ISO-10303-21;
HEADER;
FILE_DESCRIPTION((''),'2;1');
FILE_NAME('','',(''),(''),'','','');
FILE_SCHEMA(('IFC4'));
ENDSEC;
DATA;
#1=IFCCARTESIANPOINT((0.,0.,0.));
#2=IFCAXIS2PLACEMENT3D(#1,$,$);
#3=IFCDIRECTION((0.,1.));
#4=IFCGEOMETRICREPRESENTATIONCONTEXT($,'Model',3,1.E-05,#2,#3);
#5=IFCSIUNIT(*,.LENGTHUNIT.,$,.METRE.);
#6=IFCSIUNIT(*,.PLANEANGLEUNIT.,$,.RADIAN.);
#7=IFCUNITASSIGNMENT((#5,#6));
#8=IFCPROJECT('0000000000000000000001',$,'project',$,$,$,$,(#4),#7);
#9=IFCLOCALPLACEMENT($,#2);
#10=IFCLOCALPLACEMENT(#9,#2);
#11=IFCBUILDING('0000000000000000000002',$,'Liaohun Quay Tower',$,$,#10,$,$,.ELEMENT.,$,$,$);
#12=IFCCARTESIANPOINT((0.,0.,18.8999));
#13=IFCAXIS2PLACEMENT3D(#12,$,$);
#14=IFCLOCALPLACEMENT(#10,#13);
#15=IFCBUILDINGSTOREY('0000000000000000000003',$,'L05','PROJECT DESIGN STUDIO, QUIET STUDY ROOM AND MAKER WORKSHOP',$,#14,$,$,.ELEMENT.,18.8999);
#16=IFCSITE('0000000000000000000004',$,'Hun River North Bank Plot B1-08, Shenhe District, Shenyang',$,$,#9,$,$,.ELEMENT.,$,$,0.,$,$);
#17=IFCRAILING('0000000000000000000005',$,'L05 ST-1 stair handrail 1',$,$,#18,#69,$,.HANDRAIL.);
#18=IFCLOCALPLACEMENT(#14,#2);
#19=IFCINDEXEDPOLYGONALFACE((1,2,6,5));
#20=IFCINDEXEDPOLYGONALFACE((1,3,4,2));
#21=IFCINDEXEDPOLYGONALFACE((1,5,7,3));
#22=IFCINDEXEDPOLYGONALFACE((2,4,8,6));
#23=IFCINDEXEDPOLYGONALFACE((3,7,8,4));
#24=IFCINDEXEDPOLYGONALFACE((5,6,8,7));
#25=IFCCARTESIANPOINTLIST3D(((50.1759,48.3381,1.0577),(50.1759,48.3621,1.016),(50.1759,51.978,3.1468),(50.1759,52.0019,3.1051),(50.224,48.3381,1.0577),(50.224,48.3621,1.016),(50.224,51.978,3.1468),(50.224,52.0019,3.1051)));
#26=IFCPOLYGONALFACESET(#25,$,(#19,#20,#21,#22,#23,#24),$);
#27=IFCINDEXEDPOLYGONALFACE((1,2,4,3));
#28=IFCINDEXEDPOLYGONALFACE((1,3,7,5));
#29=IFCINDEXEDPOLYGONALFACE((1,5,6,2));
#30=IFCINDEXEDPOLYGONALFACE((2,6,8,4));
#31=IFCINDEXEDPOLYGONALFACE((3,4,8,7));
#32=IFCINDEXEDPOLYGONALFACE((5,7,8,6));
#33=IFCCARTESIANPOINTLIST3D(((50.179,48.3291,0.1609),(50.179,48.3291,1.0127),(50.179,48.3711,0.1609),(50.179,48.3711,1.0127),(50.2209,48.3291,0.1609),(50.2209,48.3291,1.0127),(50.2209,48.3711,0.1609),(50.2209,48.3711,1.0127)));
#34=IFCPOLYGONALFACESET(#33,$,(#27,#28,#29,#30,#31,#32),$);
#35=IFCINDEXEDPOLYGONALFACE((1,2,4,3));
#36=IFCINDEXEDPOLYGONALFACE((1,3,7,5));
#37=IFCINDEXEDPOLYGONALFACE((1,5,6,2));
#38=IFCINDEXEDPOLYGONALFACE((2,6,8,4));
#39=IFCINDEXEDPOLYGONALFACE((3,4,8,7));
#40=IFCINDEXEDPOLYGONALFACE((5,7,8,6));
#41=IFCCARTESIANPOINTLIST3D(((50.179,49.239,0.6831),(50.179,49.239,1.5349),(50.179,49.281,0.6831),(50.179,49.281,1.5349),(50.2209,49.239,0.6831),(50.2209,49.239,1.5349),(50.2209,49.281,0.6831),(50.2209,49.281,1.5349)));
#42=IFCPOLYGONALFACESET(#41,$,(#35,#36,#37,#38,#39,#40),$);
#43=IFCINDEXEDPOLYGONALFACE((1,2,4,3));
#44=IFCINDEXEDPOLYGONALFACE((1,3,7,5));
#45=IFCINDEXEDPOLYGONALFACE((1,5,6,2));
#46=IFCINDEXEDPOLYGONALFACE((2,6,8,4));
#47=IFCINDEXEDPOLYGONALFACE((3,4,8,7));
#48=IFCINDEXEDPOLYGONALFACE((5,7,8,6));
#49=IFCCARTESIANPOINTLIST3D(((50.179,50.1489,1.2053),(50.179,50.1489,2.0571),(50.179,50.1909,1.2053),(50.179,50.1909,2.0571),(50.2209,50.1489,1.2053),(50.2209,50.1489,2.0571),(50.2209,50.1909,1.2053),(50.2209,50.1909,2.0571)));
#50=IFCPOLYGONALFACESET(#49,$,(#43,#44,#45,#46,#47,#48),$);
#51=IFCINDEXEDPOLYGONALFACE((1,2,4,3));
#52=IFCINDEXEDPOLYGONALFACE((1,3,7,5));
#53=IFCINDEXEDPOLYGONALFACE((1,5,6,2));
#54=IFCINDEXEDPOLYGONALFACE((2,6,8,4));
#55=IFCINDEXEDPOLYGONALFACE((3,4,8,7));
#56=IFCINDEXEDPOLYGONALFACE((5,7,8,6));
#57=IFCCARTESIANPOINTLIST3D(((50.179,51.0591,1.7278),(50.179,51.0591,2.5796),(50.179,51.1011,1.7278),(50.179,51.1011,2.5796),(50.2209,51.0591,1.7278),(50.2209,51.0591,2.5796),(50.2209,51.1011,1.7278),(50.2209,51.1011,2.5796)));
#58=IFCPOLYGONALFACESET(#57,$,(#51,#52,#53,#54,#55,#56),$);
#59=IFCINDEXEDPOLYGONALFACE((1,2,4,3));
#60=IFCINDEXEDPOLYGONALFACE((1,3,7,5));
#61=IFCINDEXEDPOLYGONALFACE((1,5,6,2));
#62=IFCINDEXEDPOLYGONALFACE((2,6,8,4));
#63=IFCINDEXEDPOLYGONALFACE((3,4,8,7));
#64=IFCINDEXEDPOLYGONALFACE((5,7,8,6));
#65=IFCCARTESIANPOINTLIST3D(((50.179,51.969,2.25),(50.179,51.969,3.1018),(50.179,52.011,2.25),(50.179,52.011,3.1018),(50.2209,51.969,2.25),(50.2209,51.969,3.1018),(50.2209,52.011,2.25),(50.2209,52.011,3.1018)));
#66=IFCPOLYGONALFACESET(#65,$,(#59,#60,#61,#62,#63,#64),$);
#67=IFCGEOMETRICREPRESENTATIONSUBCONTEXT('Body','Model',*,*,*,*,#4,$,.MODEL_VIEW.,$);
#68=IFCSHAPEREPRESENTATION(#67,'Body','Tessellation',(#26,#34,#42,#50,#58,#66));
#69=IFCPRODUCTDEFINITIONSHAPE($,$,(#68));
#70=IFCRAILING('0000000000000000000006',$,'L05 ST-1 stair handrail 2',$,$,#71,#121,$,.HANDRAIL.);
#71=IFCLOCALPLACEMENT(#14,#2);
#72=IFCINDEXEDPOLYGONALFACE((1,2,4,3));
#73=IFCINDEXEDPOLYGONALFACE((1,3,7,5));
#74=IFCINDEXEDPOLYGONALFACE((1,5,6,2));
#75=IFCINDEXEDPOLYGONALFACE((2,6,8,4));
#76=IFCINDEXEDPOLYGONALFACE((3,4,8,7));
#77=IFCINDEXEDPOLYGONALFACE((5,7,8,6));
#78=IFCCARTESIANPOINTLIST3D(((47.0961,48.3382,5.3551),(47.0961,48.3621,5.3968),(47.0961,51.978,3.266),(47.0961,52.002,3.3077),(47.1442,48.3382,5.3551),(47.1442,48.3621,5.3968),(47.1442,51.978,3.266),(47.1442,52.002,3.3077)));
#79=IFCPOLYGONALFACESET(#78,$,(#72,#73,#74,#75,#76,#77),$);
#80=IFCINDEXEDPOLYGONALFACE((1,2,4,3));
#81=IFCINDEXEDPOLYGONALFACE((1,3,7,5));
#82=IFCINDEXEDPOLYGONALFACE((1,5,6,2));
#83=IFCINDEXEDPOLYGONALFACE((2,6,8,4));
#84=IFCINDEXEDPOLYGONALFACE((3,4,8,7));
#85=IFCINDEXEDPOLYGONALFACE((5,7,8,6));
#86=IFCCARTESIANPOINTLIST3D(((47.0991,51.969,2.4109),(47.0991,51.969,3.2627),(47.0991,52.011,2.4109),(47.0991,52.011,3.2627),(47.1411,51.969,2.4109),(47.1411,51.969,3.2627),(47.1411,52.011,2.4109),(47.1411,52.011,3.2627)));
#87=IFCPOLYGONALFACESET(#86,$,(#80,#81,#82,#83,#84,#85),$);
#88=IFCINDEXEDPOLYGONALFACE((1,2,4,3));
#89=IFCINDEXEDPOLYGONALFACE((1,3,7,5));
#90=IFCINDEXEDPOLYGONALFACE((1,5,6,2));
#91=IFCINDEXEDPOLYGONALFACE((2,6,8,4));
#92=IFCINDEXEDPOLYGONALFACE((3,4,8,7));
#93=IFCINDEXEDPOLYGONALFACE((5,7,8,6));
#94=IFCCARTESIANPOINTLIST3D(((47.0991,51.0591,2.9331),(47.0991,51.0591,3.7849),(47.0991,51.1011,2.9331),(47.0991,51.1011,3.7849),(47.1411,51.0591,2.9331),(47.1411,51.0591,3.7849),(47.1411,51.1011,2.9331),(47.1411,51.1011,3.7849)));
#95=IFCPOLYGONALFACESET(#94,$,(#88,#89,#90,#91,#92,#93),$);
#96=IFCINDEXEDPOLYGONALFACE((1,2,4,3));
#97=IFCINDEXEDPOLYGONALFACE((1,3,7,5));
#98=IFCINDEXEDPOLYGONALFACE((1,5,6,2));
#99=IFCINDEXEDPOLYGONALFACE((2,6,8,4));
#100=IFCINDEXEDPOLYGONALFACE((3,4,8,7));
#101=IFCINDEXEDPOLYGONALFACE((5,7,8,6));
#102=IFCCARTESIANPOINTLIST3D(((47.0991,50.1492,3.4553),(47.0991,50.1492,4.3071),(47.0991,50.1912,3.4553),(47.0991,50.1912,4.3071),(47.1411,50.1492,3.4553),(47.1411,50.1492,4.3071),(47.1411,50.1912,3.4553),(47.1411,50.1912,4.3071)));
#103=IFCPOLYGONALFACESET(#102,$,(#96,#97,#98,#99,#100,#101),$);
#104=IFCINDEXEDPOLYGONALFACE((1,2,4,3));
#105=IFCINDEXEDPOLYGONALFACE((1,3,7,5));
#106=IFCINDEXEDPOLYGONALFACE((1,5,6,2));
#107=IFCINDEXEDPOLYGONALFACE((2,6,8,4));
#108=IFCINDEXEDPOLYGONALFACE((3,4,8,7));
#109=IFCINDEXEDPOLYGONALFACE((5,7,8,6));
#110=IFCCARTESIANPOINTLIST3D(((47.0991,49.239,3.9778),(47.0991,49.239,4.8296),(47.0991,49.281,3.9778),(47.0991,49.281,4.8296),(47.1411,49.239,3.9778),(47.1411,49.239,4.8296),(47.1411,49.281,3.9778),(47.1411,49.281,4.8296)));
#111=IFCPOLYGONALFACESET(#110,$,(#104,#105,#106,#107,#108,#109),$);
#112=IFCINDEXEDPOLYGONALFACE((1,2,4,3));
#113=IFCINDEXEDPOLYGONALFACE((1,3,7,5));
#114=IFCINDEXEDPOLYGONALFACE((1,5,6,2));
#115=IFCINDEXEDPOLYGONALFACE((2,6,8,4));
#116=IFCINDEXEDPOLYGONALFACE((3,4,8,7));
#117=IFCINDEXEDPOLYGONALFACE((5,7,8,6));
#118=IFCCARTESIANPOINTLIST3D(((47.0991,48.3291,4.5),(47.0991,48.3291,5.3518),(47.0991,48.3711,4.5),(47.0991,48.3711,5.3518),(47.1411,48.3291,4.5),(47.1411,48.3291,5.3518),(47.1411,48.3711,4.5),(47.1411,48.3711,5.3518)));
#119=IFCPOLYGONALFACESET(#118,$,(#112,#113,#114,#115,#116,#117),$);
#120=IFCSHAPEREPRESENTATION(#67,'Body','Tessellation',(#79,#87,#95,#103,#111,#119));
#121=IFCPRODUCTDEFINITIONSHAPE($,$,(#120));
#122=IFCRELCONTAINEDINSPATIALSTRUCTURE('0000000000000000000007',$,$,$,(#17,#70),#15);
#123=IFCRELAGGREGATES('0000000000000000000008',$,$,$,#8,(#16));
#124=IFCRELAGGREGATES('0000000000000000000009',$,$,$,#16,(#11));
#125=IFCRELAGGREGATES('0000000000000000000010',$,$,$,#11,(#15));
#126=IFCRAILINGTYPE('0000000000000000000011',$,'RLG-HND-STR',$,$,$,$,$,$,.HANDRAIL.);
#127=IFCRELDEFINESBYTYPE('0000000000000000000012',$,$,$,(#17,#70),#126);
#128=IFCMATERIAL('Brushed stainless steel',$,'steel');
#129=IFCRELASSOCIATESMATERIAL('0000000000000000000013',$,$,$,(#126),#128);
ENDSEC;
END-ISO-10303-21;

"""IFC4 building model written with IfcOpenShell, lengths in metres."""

from ifc_helpers import new_model, si_unit, direction, frame, origin, origin_2d, place, context, subcontext, project, spatial, rectangle, extrude, material, type_object, element, save


model = new_model("IFC4")

# Units and contexts
model_context = context("Model", 3, precision=1e-05, world=origin(), true_north=direction((0.0, 1.0)))
body_context = subcontext(model_context, "Body", "Model", "MODEL_VIEW")
ifc_project = project(units=[si_unit("LENGTHUNIT", "METRE"), si_unit("PLANEANGLEUNIT", "RADIAN")], contexts=[model_context])

# Site, building, storey
site_placement = place(None, origin())
site = spatial("IfcSite", under=ifc_project, at=site_placement, Name="Hun River North Bank Plot B1-08, Shenhe District, Shenyang", CompositionType="ELEMENT", RefElevation=0.0)
building_placement = place(site_placement, origin())
building = spatial("IfcBuilding", under=site, at=building_placement, Name="Liaohun Quay Tower", CompositionType="ELEMENT")
storey_placement = place(building_placement, frame((0.0, 0.0, 18.8999)))
storey = spatial("IfcBuildingStorey", under=building, at=storey_placement, Name="L05", Description="PROJECT DESIGN STUDIO, QUIET STUDY ROOM AND MAKER WORKSHOP", CompositionType="ELEMENT", Elevation=18.8999)

# Railings
ifc_material_1 = material(Name="Brushed stainless steel", Category="steel")
railing_type_1 = type_object("IfcRailingType", Name="RLG-HND-STR", PredefinedType="HANDRAIL", material=ifc_material_1)
railing_1_placement = place(storey_placement, frame((50.2, 48.3501, 0.1609)))
element("IfcRailing", 1, at=railing_1_placement, inside=storey, type_object=railing_type_1, Name="L05 ST-1 stair handrail 1", PredefinedType="HANDRAIL", context=body_context, shape_type="SweptSolid", body=[
    extrude(rectangle(XDim=0.0481, YDim=0.0481, at=origin_2d()), frame((0.0, 0.0, 0.876), z_axis=(0.0, 0.8673, 0.497786), x_axis=(-1.0, 0.0, 0.0)), (0.0, 0.0, 1.0), 4.1968),
    extrude(rectangle(XDim=0.042, YDim=0.042, at=origin_2d()), origin(), (0.0, 0.0, 1.0), 0.8518),
    extrude(rectangle(XDim=0.042, YDim=0.042, at=origin_2d()), frame((0.0, 0.9099, 0.5222)), (0.0, 0.0, 1.0), 0.8518),
    extrude(rectangle(XDim=0.042, YDim=0.042, at=origin_2d()), frame((0.0, 1.8198, 1.0444)), (0.0, 0.0, 1.0), 0.8518),
    extrude(rectangle(XDim=0.042, YDim=0.042, at=origin_2d()), frame((0.0, 2.73, 1.5669)), (0.0, 0.0, 1.0), 0.8518),
    extrude(rectangle(XDim=0.042, YDim=0.042, at=origin_2d()), frame((0.0, 3.6399, 2.0891)), (0.0, 0.0, 1.0), 0.8518),
])
railing_2_placement = place(storey_placement, frame((47.1201, 51.99, 2.4109)))
element("IfcRailing", 2, at=railing_2_placement, inside=storey, type_object=railing_type_1, Name="L05 ST-1 stair handrail 2", PredefinedType="HANDRAIL", context=body_context, shape_type="SweptSolid", body=[
    extrude(rectangle(XDim=0.0481, YDim=0.0481, at=origin_2d()), frame((0.0, 0.0, 0.876), z_axis=(0.0, -0.8673, 0.497786), x_axis=(1.0, 0.0, 0.0)), (0.0, 0.0, 1.0), 4.1968),
    extrude(rectangle(XDim=0.042, YDim=0.042, at=origin_2d()), origin(), (0.0, 0.0, 1.0), 0.8518),
    extrude(rectangle(XDim=0.042, YDim=0.042, at=origin_2d()), frame((0.0, -0.9099, 0.5222)), (0.0, 0.0, 1.0), 0.8518),
    extrude(rectangle(XDim=0.042, YDim=0.042, at=origin_2d()), frame((0.0, -1.8198, 1.0444)), (0.0, 0.0, 1.0), 0.8518),
    extrude(rectangle(XDim=0.042, YDim=0.042, at=origin_2d()), frame((0.0, -2.73, 1.5669)), (0.0, 0.0, 1.0), 0.8518),
    extrude(rectangle(XDim=0.042, YDim=0.042, at=origin_2d()), frame((0.0, -3.6399, 2.0891)), (0.0, 0.0, 1.0), 0.8518),
])

save(model, "model.ifc")
